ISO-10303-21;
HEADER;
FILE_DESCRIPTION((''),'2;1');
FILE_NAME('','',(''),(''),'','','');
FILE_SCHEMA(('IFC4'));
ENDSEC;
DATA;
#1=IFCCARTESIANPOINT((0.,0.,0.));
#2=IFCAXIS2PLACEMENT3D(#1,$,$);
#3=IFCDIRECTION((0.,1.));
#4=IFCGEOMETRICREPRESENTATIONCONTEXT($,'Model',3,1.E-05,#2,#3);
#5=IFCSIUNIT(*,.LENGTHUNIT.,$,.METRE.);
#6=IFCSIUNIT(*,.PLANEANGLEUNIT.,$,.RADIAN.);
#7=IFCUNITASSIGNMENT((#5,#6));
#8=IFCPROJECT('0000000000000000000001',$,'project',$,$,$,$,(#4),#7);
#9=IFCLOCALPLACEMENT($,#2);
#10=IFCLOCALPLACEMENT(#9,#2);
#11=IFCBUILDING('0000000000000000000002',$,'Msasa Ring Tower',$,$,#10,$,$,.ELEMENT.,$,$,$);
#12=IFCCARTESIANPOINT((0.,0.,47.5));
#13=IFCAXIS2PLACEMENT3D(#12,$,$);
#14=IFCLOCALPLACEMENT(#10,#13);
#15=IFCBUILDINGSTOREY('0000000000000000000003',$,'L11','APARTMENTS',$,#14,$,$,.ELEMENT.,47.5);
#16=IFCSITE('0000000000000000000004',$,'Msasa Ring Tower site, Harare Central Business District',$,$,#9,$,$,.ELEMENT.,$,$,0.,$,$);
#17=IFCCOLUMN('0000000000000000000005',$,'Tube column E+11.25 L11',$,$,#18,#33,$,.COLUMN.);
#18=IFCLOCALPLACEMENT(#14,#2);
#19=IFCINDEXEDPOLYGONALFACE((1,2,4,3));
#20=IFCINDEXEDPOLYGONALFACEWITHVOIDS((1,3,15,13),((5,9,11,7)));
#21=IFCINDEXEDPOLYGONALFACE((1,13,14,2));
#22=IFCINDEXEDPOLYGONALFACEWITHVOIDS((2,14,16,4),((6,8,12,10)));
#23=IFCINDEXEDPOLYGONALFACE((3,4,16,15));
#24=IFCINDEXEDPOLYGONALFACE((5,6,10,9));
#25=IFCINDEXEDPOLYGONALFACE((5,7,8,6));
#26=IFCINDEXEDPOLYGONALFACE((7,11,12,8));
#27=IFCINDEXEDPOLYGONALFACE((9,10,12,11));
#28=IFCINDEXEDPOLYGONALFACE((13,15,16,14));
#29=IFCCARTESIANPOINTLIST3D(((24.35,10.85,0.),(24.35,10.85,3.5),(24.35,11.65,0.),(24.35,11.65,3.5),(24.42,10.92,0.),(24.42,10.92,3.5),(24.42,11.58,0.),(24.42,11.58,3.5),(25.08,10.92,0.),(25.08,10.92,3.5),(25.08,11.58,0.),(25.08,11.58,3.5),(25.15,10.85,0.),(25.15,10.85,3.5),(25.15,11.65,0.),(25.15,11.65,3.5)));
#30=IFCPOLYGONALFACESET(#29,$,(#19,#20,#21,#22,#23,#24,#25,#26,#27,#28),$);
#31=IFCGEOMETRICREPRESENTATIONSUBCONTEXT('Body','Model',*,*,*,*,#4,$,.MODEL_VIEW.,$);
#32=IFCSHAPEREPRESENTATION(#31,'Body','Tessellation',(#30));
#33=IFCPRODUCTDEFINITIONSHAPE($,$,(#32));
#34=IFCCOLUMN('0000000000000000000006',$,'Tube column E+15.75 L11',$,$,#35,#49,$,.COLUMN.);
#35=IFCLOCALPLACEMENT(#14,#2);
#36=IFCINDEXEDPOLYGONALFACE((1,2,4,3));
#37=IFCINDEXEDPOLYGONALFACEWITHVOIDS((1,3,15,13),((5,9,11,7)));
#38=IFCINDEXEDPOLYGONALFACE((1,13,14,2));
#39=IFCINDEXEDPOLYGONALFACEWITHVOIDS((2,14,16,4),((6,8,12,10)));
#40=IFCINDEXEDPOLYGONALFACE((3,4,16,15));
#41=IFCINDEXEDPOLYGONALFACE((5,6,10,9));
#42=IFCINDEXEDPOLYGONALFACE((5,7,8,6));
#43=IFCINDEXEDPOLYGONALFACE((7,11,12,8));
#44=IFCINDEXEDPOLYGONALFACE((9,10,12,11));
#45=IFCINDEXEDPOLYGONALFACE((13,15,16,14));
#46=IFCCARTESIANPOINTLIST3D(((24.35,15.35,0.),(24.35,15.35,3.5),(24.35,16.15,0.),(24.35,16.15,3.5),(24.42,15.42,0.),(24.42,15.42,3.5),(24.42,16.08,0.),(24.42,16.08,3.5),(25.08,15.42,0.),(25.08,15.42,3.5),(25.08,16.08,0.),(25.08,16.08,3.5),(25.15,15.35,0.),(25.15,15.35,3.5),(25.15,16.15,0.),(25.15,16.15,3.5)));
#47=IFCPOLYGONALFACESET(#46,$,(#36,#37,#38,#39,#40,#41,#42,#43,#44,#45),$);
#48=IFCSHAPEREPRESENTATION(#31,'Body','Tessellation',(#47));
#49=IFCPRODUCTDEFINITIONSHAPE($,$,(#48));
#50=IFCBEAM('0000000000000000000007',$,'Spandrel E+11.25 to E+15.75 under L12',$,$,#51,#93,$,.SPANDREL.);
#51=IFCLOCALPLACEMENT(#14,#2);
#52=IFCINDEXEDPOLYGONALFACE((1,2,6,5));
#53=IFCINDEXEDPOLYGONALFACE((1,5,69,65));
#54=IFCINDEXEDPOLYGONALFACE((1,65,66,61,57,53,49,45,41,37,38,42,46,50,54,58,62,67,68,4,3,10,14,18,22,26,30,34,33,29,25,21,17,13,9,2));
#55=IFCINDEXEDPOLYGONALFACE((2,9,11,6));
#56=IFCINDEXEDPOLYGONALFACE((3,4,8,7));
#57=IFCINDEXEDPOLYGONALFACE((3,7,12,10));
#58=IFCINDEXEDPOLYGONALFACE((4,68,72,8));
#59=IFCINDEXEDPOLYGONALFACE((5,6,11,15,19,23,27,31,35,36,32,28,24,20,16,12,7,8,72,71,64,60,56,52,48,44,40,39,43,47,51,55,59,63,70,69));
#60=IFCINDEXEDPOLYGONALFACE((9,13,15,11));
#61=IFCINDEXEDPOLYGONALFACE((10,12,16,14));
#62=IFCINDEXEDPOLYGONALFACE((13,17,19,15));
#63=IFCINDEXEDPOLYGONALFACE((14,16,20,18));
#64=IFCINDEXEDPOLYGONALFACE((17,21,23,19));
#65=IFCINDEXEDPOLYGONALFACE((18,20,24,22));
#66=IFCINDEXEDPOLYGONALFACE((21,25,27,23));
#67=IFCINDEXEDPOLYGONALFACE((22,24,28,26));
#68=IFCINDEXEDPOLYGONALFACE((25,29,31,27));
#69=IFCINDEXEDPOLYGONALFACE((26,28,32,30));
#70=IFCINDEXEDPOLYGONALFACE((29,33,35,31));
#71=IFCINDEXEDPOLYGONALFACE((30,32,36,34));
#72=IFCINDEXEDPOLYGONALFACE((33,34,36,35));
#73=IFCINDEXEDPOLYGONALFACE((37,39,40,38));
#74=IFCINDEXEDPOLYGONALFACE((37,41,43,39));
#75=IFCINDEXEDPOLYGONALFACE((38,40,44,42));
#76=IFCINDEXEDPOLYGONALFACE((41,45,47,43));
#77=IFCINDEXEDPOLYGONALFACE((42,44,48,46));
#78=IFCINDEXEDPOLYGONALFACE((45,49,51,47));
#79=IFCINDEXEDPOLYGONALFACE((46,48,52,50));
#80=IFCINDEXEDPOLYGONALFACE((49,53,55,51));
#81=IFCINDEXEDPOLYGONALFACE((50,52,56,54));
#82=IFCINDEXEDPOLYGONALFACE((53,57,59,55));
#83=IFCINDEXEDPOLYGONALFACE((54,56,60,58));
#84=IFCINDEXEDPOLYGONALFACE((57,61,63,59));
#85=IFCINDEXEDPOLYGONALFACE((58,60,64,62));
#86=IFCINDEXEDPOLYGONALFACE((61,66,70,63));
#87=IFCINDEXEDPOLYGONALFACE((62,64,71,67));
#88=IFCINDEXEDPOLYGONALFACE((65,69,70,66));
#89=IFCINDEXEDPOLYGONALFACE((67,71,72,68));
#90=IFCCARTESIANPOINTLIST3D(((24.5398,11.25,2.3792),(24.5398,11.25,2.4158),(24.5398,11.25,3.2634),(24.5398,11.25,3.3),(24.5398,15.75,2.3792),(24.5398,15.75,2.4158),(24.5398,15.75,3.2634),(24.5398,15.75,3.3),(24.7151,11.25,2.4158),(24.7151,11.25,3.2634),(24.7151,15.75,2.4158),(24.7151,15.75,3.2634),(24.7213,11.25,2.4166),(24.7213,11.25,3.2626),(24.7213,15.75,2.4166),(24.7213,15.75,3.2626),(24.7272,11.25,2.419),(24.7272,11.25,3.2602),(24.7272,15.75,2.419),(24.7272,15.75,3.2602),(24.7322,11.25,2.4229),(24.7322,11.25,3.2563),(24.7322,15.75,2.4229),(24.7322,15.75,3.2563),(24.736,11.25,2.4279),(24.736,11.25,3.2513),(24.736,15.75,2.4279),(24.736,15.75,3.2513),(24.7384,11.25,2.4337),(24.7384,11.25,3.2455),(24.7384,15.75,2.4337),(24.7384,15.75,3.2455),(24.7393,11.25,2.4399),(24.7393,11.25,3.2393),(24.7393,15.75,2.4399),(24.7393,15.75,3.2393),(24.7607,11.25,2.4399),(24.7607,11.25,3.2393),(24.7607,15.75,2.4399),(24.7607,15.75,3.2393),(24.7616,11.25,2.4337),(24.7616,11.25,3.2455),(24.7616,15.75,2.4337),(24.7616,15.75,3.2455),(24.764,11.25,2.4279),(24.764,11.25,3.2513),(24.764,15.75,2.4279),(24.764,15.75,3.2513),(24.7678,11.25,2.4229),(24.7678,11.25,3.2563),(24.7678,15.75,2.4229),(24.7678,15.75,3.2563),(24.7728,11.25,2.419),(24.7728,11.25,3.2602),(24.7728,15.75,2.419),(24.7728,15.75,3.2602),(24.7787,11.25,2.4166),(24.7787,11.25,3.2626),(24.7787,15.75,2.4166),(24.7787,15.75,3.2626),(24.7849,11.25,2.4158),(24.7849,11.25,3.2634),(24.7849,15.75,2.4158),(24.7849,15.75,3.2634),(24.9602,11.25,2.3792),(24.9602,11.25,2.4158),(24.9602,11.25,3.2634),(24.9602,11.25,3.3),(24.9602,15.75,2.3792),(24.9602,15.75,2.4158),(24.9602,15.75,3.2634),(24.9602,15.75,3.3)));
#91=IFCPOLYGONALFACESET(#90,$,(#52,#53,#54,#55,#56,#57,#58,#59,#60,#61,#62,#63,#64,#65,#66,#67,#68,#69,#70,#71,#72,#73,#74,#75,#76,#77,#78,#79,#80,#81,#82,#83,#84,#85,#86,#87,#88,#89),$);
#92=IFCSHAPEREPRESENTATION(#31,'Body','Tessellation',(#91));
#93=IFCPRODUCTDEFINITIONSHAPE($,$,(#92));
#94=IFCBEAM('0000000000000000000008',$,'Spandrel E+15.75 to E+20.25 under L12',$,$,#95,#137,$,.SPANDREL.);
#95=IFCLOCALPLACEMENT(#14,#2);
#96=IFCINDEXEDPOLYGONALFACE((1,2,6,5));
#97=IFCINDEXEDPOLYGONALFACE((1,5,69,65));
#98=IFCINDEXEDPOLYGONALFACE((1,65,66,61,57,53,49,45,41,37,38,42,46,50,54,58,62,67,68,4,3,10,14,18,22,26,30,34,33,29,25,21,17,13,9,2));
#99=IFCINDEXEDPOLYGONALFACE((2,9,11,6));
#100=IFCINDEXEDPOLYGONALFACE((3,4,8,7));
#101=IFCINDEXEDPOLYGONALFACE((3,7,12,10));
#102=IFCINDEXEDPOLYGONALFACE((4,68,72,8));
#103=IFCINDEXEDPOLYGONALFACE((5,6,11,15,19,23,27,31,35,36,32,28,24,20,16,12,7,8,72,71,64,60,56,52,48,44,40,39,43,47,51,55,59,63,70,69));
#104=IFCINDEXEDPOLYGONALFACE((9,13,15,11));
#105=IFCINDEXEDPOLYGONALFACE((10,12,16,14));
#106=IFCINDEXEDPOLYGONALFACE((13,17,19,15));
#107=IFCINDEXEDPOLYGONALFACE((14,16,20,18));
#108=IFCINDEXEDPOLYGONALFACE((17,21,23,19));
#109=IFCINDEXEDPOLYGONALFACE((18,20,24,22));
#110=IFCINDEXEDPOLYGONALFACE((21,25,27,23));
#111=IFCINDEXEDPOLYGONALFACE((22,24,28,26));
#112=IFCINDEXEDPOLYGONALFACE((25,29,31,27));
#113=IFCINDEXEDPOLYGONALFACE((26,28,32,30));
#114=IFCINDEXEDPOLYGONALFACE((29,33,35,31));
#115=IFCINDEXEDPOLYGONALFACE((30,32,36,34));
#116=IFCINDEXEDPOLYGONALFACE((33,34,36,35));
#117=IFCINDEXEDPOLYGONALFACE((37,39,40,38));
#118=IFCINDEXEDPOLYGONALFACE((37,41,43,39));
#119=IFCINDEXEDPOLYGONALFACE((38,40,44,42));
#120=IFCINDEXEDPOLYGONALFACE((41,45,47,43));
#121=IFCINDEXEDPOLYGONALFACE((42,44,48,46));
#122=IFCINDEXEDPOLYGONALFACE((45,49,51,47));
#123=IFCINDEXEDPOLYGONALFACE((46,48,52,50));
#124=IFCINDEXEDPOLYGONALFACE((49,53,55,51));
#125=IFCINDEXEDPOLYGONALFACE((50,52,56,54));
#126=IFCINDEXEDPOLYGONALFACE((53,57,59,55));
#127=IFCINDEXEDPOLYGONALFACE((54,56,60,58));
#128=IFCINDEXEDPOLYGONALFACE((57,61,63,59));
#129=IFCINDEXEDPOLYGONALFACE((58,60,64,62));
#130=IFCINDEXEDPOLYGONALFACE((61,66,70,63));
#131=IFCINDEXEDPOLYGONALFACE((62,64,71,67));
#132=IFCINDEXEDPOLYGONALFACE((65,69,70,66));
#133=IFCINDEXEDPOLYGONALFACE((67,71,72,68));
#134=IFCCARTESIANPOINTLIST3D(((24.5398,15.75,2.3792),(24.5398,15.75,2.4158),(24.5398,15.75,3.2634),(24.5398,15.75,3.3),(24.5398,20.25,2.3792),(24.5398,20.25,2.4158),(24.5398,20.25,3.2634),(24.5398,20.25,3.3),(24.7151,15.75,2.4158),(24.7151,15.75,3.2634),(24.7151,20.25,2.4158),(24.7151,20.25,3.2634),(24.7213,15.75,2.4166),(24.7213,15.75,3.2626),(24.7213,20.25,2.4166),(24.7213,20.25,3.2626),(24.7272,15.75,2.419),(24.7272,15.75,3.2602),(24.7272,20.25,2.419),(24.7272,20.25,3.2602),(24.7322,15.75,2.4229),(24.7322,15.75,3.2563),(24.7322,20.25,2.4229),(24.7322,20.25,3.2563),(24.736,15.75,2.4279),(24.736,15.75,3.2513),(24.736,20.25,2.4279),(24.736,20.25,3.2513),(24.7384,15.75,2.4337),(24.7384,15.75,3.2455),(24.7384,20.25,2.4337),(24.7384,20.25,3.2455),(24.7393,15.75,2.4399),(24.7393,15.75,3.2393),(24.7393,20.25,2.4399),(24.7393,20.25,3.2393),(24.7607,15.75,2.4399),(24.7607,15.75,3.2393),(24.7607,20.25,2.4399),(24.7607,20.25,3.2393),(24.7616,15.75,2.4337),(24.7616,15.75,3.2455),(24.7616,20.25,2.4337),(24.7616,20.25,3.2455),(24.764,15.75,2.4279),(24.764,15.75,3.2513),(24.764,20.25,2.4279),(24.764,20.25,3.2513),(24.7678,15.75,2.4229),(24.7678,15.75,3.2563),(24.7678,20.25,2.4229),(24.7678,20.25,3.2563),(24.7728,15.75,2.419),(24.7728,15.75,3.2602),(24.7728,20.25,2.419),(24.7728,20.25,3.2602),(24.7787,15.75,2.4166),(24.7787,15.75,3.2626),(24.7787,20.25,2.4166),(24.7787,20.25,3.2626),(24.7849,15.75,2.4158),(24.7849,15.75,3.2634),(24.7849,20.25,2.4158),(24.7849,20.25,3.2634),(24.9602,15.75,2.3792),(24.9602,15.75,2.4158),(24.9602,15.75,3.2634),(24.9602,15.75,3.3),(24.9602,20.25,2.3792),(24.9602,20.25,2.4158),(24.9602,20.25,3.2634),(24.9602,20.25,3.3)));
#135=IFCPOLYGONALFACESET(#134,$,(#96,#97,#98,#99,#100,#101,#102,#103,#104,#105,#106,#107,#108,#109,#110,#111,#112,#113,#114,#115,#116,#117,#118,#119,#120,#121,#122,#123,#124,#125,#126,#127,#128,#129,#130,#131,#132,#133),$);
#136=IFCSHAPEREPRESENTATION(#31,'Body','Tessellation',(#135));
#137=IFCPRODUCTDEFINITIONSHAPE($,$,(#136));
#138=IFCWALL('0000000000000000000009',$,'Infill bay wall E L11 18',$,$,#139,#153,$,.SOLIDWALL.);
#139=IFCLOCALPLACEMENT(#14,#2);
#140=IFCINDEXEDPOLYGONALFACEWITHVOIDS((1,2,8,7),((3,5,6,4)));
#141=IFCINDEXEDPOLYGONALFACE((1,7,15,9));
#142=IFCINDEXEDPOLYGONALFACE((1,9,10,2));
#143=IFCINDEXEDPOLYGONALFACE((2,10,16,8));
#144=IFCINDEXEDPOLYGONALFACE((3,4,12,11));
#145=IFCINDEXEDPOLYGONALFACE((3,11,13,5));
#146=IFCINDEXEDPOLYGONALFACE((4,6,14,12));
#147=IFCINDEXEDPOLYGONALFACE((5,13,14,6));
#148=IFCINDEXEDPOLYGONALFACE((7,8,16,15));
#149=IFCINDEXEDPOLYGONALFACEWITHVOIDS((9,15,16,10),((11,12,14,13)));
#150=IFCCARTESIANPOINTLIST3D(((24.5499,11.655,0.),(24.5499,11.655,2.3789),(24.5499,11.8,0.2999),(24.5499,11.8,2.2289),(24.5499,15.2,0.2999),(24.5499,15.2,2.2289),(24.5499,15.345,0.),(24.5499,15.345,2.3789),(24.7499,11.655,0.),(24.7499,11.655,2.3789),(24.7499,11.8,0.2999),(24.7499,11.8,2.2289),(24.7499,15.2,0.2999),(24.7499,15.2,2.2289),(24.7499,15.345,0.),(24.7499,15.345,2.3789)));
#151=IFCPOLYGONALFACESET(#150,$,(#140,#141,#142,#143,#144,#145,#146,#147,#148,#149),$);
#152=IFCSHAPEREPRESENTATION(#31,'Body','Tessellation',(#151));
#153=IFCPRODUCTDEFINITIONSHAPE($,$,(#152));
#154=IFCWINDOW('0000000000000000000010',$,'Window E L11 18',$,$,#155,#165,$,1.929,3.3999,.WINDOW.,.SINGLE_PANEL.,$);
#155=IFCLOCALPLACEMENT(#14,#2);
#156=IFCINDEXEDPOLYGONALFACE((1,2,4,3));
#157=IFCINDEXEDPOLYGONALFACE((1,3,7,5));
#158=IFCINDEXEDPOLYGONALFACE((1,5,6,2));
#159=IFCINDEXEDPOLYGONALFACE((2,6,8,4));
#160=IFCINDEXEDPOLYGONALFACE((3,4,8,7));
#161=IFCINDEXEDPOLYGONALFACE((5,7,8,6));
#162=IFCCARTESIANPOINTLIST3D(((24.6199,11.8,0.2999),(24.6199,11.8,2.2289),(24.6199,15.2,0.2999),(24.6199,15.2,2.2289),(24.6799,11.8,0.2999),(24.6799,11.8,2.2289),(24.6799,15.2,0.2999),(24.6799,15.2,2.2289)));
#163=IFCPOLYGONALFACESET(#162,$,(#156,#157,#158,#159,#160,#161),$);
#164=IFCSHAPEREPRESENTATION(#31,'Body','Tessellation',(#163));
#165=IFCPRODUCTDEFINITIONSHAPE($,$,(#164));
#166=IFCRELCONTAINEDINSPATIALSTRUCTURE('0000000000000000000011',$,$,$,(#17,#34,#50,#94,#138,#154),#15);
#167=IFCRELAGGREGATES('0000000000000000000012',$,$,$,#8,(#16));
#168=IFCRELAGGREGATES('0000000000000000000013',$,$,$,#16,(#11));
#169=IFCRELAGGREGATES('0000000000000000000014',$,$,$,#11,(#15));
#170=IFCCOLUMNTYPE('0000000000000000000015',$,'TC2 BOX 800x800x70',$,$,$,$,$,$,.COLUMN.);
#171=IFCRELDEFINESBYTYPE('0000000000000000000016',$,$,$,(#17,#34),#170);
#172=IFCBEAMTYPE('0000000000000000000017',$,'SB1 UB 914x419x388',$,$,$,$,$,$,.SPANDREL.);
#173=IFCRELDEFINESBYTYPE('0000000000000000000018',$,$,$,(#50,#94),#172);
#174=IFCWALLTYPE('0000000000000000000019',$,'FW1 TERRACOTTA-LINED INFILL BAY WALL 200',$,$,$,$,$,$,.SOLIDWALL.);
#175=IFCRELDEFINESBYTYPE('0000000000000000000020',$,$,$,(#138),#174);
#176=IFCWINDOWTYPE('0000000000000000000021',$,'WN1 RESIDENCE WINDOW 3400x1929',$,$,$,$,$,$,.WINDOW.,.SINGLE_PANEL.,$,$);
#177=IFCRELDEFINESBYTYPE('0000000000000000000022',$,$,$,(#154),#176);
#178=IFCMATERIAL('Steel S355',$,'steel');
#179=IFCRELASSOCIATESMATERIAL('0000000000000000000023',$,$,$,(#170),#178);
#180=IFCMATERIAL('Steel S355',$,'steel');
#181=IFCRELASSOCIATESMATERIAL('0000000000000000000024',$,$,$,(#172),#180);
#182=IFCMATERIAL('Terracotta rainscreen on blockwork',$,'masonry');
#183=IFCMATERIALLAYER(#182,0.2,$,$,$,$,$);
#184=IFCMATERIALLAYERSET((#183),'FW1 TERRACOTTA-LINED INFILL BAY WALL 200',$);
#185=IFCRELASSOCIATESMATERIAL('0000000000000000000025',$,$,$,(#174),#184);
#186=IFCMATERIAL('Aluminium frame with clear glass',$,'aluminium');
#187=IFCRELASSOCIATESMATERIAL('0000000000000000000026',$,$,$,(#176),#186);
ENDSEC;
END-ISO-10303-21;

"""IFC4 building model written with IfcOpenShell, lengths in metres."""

from ifc_helpers import new_model, si_unit, direction, frame, frame_2d, origin, origin_2d, place, context, subcontext, project, spatial, rectangle, hollow_rectangle, i_section, extrude, material, layer, layer_set, material_profile, profile_set, type_object, element, fill, save


model = new_model("IFC4")

# Units and contexts
model_context = context("Model", 3, precision=1e-05, world=origin(), true_north=direction((0.0, 1.0)))
body_context = subcontext(model_context, "Body", "Model", "MODEL_VIEW")
ifc_project = project(units=[si_unit("LENGTHUNIT", "METRE"), si_unit("PLANEANGLEUNIT", "RADIAN")], contexts=[model_context])

# Site, building, storey
site_placement = place(None, origin())
site = spatial("IfcSite", under=ifc_project, at=site_placement, Name="Msasa Ring Tower site, Harare Central Business District", CompositionType="ELEMENT", RefElevation=0.0)
building_placement = place(site_placement, origin())
building = spatial("IfcBuilding", under=site, at=building_placement, Name="Msasa Ring Tower", CompositionType="ELEMENT")
storey_placement = place(building_placement, frame((0.0, 0.0, 47.5)))
storey = spatial("IfcBuildingStorey", under=building, at=storey_placement, Name="L11", Description="APARTMENTS", CompositionType="ELEMENT", Elevation=47.5)

# Columns
ifc_material_1 = material(Name="Steel S355", Category="steel")
ifc_material_profile_1 = material_profile(ifc_material_1, hollow_rectangle(XDim=0.8, YDim=0.8, WallThickness=0.0701, at=origin_2d()), Name="BOX 800x800x70")
ifc_profile_set_1 = profile_set([ifc_material_profile_1], Name="Steel S355")
column_type = type_object("IfcColumnType", Name="TC2 BOX 800x800x70", PredefinedType="COLUMN", material=ifc_profile_set_1)
for number, where, z_axis, x_axis, name in (
    (1, (24.75, 11.25, 0.0), (0.0, 0.0, 1.0), (1.0, 0.0, 0.0), "Tube column E+11.25 L11"),
    (2, (24.75, 15.75, 0.0), (0.0, 0.0, 1.0), (1.0, 0.0, 0.0), "Tube column E+15.75 L11"),
):
    element("IfcColumn", number, at=place(storey_placement, frame(where, z_axis=z_axis, x_axis=x_axis)), inside=storey, type_object=column_type, Name=name, PredefinedType="COLUMN", context=body_context, shape_type="SweptSolid", body=[
        extrude(hollow_rectangle(XDim=0.8, YDim=0.8, WallThickness=0.0701, at=origin_2d()), origin(), (0.0, 0.0, 1.0), 3.5),
    ])

# Beams
ifc_material_2 = material(Name="Steel S355", Category="steel")
ifc_material_profile_2 = material_profile(ifc_material_2, i_section(OverallWidth=0.4204, OverallDepth=0.9209, WebThickness=0.0215, FlangeThickness=0.0366, FilletRadius=0.0242, at=origin_2d()), Name="UB 914x419x388")
ifc_profile_set_2 = profile_set([ifc_material_profile_2], Name="Steel S355")
beam_type = type_object("IfcBeamType", Name="SB1 UB 914x419x388", PredefinedType="SPANDREL", material=ifc_profile_set_2)
for number, where, z_axis, x_axis, name in (
    (3, (24.75, 11.25, 2.8396), (0.0, 1.0, 0.0), (-1.0, 0.0, 0.0), "Spandrel E+11.25 to E+15.75 under L12"),
    (4, (24.75, 15.75, 2.8396), (0.0, 1.0, 0.0), (-1.0, 0.0, 0.0), "Spandrel E+15.75 to E+20.25 under L12"),
):
    element("IfcBeam", number, at=place(storey_placement, frame(where, z_axis=z_axis, x_axis=x_axis)), inside=storey, type_object=beam_type, Name=name, PredefinedType="SPANDREL", context=body_context, shape_type="SweptSolid", body=[
        extrude(i_section(OverallWidth=0.4204, OverallDepth=0.9209, WebThickness=0.0215, FlangeThickness=0.0366, FilletRadius=0.0242, at=origin_2d()), origin(), (0.0, 0.0, 1.0), 4.5),
    ])

# Wall, opening, window
ifc_material_3 = material(Name="Terracotta rainscreen on blockwork", Category="masonry")
ifc_layer_1 = layer(ifc_material_3, 0.2)
ifc_layer_set_1 = layer_set([ifc_layer_1], Name="FW1 TERRACOTTA-LINED INFILL BAY WALL 200")
wall_type_1 = type_object("IfcWallType", Name="FW1 TERRACOTTA-LINED INFILL BAY WALL 200", PredefinedType="SOLIDWALL", material=ifc_layer_set_1)
wall_1_placement = place(storey_placement, frame((24.6499, 11.655, 0.0), z_axis=(0.0, 0.0, 1.0), x_axis=(0.0, 1.0, 0.0)))
wall_1 = element("IfcWall", 5, at=wall_1_placement, inside=storey, type_object=wall_type_1, Name="Infill bay wall E L11 18", PredefinedType="SOLIDWALL", context=body_context, shape_type="SweptSolid", body=[
    extrude(rectangle(XDim=3.6899, YDim=0.2, at=frame_2d((1.845, 0.0))), origin(), (0.0, 0.0, 1.0), 2.3789),
])
opening_1_placement = place(wall_1_placement, frame((0.145, 0.0, 0.3)))
opening_1 = element("IfcOpeningElement", 6, at=opening_1_placement, cuts=wall_1, PredefinedType="OPENING", context=body_context, shape_type="SweptSolid", body=[
    extrude(rectangle(XDim=3.3999, YDim=1.929, at=frame_2d((1.7, 0.9644))), frame((0.0, 0.1099, 0.0), z_axis=(0.0, -1.0, 0.0), x_axis=(1.0, 0.0, 0.0)), (0.0, 0.0, 1.0), 0.22),
])
ifc_material_4 = material(Name="Aluminium frame with clear glass", Category="aluminium")
window_type = type_object("IfcWindowType", Name="WN1 RESIDENCE WINDOW 3400x1929", PartitioningType="SINGLE_PANEL", PredefinedType="WINDOW", material=ifc_material_4)
window_1_placement = place(opening_1_placement, origin())
window_1 = element("IfcWindow", 7, at=window_1_placement, inside=storey, type_object=window_type, Name="Window E L11 18", OverallHeight=1.929, OverallWidth=3.3999, PartitioningType="SINGLE_PANEL", PredefinedType="WINDOW", context=body_context, shape_type="SweptSolid", body=[
    extrude(rectangle(XDim=3.3999, YDim=1.929, at=frame_2d((1.7, 0.9644))), frame((0.0, 0.03, 0.0), z_axis=(0.0, -1.0, 0.0), x_axis=(1.0, 0.0, 0.0)), (0.0, 0.0, 1.0), 0.0601),
])
fill(opening_1, window_1)

save(model, "model.ifc")
